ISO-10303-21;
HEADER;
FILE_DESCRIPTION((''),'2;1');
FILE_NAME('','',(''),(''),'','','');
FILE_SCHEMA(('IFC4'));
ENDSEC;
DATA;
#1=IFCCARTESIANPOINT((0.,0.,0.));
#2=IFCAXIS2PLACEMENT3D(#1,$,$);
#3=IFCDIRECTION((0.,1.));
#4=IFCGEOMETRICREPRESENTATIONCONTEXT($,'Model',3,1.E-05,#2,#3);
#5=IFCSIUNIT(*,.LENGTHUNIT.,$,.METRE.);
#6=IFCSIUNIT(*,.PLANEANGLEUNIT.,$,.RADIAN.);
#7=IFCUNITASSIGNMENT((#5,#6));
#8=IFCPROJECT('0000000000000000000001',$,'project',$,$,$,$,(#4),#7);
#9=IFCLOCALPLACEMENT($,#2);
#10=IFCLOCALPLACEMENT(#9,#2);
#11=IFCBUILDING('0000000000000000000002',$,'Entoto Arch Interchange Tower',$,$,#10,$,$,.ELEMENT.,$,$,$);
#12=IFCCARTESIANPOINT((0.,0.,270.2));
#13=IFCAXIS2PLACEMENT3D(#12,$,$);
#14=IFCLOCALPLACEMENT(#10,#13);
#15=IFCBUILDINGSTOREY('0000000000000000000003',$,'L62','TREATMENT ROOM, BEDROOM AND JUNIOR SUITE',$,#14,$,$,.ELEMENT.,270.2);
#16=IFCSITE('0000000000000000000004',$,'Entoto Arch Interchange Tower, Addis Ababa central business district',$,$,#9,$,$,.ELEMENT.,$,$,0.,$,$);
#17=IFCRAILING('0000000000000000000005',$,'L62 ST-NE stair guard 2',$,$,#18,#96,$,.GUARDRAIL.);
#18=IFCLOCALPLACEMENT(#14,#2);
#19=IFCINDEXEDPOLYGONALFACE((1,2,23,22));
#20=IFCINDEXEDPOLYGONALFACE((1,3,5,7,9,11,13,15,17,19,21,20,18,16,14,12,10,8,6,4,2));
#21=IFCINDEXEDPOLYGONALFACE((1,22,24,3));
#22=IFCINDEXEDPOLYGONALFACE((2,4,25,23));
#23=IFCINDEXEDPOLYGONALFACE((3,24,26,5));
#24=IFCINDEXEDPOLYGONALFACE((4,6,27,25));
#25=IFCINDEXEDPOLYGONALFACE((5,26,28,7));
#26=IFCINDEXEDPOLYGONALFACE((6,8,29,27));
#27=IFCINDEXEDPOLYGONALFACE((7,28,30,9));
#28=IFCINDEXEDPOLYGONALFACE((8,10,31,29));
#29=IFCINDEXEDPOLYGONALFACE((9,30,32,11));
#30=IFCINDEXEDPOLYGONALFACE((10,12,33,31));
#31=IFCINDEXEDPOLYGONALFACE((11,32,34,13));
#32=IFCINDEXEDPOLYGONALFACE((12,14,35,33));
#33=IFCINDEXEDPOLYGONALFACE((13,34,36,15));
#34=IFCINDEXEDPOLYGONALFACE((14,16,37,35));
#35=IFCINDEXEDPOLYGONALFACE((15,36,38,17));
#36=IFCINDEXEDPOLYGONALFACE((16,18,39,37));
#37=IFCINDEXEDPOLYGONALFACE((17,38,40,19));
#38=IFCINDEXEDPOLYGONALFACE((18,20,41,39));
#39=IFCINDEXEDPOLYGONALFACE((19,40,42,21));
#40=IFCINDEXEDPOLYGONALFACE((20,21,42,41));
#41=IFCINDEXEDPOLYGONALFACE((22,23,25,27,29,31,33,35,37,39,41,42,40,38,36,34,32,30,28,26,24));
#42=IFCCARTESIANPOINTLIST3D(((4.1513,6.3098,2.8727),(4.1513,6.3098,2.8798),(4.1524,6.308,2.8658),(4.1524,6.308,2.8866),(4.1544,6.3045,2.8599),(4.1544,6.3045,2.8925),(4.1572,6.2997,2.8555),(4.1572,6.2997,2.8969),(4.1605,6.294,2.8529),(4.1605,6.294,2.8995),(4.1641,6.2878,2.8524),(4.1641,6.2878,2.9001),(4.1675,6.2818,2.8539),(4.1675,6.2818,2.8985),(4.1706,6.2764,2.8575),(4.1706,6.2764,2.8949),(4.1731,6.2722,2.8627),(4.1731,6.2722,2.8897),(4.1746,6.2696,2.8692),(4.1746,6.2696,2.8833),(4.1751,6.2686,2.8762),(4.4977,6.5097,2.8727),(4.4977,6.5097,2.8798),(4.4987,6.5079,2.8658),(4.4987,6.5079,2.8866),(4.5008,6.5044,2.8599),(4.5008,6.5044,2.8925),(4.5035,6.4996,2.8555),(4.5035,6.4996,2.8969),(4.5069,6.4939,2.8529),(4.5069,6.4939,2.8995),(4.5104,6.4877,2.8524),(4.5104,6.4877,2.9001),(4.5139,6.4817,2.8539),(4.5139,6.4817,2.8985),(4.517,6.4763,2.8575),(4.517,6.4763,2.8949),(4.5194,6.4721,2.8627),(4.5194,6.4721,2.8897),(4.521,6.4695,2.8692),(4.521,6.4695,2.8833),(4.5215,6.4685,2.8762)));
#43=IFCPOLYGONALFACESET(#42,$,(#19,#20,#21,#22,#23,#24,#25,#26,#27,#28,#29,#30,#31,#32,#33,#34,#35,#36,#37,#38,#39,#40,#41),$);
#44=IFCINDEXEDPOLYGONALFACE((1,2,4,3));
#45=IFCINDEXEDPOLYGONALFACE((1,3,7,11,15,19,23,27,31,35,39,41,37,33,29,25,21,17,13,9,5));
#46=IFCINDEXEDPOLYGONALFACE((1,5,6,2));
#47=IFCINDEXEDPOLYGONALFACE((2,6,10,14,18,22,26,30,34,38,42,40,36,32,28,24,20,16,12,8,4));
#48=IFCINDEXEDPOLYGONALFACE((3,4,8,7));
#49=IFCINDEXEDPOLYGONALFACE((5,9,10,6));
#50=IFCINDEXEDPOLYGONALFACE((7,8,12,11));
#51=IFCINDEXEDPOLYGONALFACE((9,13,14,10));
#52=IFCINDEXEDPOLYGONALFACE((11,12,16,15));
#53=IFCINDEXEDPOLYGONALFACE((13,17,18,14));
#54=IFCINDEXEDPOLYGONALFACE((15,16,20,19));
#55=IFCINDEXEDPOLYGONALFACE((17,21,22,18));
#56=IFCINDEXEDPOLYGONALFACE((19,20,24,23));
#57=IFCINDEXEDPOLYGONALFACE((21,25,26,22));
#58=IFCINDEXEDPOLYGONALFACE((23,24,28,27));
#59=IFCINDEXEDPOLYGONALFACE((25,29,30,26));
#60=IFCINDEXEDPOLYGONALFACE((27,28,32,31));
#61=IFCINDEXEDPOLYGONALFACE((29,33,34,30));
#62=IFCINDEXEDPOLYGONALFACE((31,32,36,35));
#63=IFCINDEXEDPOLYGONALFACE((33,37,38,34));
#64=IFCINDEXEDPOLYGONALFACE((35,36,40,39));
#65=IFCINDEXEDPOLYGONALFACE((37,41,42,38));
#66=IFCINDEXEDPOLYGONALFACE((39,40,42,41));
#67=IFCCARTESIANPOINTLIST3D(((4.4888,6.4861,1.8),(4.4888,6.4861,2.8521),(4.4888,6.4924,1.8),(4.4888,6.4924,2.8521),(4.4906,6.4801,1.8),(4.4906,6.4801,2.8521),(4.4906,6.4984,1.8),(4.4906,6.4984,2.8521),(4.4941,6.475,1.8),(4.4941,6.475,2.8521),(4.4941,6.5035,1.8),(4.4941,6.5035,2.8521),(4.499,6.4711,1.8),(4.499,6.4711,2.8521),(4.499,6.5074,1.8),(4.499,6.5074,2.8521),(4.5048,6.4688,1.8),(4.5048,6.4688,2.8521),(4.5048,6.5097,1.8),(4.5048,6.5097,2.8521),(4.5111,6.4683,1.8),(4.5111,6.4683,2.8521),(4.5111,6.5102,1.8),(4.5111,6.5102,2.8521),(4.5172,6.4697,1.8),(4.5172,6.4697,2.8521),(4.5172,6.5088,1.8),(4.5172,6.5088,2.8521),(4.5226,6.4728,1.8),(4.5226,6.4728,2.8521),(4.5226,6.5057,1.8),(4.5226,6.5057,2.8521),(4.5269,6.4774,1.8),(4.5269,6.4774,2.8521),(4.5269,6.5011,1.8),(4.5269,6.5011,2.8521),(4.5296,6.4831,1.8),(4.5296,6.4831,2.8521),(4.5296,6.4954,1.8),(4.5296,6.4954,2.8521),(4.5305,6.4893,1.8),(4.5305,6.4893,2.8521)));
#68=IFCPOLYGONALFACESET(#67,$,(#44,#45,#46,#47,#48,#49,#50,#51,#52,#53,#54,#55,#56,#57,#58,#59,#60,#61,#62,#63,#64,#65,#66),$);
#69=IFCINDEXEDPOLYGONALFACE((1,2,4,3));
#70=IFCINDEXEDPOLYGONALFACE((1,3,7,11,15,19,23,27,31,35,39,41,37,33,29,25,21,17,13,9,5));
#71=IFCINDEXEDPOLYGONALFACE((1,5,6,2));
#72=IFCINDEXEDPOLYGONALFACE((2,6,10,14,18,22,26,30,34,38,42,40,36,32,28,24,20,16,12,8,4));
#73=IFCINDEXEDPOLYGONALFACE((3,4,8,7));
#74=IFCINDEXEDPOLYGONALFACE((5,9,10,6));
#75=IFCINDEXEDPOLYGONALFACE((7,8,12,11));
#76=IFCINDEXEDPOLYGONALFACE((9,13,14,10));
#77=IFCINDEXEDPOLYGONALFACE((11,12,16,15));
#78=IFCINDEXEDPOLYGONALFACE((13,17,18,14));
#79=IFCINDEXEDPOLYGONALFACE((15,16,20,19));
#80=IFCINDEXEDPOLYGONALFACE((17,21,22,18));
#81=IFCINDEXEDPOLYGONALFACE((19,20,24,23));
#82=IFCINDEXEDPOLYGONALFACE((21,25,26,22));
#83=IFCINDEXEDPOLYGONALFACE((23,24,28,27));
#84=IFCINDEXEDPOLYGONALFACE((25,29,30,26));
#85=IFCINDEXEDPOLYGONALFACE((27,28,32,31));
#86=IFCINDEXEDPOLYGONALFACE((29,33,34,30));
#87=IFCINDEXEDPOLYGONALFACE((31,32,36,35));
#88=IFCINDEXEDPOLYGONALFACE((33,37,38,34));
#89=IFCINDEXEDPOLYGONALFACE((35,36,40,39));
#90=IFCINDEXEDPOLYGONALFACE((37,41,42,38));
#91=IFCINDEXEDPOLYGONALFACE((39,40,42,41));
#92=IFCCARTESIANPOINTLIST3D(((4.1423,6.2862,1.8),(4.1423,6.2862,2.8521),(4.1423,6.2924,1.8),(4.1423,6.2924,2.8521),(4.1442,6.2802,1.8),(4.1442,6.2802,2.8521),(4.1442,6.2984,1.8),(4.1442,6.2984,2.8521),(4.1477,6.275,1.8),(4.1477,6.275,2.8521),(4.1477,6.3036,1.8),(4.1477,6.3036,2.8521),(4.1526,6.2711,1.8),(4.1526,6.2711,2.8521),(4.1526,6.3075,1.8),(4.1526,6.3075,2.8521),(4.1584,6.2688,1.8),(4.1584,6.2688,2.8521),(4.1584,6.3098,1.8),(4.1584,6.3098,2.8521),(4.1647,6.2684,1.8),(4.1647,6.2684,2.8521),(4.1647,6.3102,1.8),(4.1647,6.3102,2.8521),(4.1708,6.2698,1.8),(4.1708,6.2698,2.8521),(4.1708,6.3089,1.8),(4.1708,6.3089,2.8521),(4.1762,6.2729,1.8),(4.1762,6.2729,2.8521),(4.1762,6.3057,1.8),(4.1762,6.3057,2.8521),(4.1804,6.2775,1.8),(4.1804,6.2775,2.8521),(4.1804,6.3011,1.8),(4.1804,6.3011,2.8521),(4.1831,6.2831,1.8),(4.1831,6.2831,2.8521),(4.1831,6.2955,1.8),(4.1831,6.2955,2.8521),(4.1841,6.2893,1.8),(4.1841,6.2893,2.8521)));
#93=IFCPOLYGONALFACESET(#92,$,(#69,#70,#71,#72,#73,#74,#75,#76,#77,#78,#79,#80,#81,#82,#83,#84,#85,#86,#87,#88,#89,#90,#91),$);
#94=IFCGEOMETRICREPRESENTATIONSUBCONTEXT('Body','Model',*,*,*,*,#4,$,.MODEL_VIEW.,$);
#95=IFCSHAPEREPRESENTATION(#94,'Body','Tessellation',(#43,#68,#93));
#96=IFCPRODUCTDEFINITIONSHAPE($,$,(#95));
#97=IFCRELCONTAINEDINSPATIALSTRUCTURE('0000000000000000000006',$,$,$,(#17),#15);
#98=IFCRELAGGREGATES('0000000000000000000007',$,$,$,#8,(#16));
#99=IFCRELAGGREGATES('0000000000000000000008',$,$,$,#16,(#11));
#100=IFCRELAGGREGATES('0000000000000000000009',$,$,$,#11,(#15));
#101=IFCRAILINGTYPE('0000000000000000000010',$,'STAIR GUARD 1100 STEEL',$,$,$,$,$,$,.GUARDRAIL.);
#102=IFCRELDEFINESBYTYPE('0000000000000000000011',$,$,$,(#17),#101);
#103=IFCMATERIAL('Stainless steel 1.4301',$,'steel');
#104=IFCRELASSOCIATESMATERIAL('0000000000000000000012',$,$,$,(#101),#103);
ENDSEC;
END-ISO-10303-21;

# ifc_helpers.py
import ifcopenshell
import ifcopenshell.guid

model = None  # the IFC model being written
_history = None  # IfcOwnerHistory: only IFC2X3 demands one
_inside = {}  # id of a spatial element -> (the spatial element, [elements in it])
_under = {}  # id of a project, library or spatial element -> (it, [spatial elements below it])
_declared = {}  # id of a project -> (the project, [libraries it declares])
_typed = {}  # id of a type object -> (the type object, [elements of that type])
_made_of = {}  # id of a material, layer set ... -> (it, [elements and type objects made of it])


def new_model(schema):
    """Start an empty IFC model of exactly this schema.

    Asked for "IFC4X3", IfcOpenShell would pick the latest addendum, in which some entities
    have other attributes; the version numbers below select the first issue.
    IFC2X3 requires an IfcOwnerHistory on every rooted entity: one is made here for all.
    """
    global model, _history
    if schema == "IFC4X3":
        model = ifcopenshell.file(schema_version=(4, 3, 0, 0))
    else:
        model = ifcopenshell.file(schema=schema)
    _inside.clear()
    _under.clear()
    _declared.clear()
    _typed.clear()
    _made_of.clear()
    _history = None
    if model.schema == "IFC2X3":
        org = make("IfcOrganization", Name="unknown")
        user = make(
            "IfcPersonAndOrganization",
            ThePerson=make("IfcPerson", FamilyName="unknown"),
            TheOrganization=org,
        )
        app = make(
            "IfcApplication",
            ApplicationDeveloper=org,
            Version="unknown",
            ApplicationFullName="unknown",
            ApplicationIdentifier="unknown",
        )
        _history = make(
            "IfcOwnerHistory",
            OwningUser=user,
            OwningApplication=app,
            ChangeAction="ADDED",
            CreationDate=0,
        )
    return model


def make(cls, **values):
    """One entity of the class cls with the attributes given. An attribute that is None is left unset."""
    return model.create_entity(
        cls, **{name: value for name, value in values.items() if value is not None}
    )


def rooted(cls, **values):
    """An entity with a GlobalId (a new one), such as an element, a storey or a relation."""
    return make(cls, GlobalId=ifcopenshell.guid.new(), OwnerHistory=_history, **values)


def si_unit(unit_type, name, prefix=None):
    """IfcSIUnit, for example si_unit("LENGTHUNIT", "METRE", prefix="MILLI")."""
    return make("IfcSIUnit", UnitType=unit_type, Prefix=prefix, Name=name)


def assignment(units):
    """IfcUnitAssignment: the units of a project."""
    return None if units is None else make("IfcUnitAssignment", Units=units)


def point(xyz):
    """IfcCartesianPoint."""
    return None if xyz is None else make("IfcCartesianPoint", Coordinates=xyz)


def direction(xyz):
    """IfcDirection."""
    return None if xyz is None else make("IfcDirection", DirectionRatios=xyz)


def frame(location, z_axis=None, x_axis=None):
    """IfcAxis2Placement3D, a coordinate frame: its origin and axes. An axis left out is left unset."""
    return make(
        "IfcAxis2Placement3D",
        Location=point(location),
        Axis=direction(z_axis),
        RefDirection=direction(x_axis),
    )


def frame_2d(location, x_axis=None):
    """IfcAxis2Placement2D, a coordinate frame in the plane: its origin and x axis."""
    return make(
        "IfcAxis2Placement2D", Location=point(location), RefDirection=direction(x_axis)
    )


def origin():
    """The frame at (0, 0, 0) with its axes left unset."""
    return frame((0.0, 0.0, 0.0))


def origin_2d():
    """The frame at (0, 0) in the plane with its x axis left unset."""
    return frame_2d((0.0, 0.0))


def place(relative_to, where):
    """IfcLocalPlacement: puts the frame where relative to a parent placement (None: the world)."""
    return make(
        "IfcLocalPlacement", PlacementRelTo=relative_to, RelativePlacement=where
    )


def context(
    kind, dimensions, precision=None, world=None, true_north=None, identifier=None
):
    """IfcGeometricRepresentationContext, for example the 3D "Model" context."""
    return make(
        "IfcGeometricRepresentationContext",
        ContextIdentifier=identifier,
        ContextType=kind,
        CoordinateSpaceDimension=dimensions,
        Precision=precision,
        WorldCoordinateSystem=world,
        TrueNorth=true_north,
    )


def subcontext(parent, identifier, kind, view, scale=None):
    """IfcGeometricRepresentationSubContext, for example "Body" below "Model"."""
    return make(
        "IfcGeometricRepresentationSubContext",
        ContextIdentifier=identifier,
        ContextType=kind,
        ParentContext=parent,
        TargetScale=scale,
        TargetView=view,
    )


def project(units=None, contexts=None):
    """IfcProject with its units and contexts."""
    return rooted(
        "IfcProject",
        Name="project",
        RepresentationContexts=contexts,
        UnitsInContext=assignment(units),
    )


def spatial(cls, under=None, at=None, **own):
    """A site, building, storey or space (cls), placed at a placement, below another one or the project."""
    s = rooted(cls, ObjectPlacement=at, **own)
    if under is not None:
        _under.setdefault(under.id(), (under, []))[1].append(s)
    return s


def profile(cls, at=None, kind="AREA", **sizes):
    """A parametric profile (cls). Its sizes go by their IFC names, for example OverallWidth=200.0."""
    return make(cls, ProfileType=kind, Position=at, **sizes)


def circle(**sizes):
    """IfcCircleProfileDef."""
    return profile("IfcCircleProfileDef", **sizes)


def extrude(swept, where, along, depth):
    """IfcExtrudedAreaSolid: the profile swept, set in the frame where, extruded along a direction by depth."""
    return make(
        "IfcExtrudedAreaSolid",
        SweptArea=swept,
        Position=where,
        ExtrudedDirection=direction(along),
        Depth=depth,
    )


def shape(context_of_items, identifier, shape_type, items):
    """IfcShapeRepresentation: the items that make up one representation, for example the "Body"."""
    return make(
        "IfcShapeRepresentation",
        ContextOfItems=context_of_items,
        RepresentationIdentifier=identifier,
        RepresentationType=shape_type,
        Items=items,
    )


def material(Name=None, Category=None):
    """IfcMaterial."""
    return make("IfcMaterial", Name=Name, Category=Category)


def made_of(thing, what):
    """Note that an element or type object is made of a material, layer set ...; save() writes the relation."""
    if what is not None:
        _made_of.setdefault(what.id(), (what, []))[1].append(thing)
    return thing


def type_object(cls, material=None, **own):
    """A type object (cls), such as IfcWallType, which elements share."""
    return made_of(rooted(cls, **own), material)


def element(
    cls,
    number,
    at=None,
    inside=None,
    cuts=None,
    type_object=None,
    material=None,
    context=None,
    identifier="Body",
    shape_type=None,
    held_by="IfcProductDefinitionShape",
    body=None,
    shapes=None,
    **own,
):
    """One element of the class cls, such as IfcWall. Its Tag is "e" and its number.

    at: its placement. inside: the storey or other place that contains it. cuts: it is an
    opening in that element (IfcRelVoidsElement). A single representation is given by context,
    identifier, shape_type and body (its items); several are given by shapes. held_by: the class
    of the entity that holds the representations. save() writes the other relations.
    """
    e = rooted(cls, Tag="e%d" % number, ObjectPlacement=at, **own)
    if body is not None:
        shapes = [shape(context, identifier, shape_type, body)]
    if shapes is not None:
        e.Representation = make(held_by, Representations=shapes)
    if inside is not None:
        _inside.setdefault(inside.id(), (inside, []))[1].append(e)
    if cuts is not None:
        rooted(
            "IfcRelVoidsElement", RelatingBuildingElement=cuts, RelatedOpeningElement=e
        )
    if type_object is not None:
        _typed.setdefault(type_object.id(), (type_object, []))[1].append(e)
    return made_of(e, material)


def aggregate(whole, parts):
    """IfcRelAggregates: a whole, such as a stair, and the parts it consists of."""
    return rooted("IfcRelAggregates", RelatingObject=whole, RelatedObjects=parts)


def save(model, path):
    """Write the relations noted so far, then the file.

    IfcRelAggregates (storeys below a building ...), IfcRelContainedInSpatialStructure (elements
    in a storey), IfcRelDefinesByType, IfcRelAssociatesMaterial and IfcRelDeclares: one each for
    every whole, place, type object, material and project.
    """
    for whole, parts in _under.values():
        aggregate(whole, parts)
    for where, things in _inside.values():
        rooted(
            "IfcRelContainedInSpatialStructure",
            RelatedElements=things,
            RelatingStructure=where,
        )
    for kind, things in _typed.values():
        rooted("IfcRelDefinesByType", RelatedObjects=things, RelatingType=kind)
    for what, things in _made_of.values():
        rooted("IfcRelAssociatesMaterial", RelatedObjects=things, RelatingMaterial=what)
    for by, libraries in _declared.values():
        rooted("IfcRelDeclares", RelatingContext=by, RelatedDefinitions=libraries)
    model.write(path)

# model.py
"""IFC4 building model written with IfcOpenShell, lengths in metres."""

from ifc_helpers import new_model, si_unit, direction, frame, origin, origin_2d, place, context, subcontext, project, spatial, circle, extrude, material, type_object, element, save


model = new_model("IFC4")

# Units and contexts
model_context = context("Model", 3, precision=1e-05, world=origin(), true_north=direction((0.0, 1.0)))
body_context = subcontext(model_context, "Body", "Model", "MODEL_VIEW")
ifc_project = project(units=[si_unit("LENGTHUNIT", "METRE"), si_unit("PLANEANGLEUNIT", "RADIAN")], contexts=[model_context])

# Site, building, storey
site_placement = place(None, origin())
site = spatial("IfcSite", under=ifc_project, at=site_placement, Name="Entoto Arch Interchange Tower, Addis Ababa central business district", CompositionType="ELEMENT", RefElevation=0.0)
building_placement = place(site_placement, origin())
building = spatial("IfcBuilding", under=site, at=building_placement, Name="Entoto Arch Interchange Tower", CompositionType="ELEMENT")
storey_placement = place(building_placement, frame((0.0, 0.0, 270.2)))
storey = spatial("IfcBuildingStorey", under=building, at=storey_placement, Name="L62", Description="TREATMENT ROOM, BEDROOM AND JUNIOR SUITE", CompositionType="ELEMENT", Elevation=270.2)

# Railing
ifc_material_1 = material(Name="Stainless steel 1.4301", Category="steel")
railing_type_1 = type_object("IfcRailingType", Name="STAIR GUARD 1100 STEEL", PredefinedType="GUARDRAIL", material=ifc_material_1)
railing_1_placement = place(storey_placement, frame((4.5095, 6.4893, 1.8)))
element("IfcRailing", 1, at=railing_1_placement, inside=storey, type_object=railing_type_1, Name="L62 ST-NE stair guard 2", PredefinedType="GUARDRAIL", context=body_context, shape_type="SweptSolid", body=[
    extrude(circle(Radius=0.0239, at=origin_2d()), frame((0.0, 0.0, 1.0762), z_axis=(-0.866094, -0.499881, 0.0), x_axis=(0.499881, -0.866094, 0.0)), (0.0, 0.0, 1.0), 0.3999),
    extrude(circle(Radius=0.021, at=origin_2d()), origin(), (0.0, 0.0, 1.0), 1.052),
    extrude(circle(Radius=0.021, at=origin_2d()), frame((-0.3464, -0.2, 0.0)), (0.0, 0.0, 1.0), 1.052),
])

save(model, "model.ifc")
